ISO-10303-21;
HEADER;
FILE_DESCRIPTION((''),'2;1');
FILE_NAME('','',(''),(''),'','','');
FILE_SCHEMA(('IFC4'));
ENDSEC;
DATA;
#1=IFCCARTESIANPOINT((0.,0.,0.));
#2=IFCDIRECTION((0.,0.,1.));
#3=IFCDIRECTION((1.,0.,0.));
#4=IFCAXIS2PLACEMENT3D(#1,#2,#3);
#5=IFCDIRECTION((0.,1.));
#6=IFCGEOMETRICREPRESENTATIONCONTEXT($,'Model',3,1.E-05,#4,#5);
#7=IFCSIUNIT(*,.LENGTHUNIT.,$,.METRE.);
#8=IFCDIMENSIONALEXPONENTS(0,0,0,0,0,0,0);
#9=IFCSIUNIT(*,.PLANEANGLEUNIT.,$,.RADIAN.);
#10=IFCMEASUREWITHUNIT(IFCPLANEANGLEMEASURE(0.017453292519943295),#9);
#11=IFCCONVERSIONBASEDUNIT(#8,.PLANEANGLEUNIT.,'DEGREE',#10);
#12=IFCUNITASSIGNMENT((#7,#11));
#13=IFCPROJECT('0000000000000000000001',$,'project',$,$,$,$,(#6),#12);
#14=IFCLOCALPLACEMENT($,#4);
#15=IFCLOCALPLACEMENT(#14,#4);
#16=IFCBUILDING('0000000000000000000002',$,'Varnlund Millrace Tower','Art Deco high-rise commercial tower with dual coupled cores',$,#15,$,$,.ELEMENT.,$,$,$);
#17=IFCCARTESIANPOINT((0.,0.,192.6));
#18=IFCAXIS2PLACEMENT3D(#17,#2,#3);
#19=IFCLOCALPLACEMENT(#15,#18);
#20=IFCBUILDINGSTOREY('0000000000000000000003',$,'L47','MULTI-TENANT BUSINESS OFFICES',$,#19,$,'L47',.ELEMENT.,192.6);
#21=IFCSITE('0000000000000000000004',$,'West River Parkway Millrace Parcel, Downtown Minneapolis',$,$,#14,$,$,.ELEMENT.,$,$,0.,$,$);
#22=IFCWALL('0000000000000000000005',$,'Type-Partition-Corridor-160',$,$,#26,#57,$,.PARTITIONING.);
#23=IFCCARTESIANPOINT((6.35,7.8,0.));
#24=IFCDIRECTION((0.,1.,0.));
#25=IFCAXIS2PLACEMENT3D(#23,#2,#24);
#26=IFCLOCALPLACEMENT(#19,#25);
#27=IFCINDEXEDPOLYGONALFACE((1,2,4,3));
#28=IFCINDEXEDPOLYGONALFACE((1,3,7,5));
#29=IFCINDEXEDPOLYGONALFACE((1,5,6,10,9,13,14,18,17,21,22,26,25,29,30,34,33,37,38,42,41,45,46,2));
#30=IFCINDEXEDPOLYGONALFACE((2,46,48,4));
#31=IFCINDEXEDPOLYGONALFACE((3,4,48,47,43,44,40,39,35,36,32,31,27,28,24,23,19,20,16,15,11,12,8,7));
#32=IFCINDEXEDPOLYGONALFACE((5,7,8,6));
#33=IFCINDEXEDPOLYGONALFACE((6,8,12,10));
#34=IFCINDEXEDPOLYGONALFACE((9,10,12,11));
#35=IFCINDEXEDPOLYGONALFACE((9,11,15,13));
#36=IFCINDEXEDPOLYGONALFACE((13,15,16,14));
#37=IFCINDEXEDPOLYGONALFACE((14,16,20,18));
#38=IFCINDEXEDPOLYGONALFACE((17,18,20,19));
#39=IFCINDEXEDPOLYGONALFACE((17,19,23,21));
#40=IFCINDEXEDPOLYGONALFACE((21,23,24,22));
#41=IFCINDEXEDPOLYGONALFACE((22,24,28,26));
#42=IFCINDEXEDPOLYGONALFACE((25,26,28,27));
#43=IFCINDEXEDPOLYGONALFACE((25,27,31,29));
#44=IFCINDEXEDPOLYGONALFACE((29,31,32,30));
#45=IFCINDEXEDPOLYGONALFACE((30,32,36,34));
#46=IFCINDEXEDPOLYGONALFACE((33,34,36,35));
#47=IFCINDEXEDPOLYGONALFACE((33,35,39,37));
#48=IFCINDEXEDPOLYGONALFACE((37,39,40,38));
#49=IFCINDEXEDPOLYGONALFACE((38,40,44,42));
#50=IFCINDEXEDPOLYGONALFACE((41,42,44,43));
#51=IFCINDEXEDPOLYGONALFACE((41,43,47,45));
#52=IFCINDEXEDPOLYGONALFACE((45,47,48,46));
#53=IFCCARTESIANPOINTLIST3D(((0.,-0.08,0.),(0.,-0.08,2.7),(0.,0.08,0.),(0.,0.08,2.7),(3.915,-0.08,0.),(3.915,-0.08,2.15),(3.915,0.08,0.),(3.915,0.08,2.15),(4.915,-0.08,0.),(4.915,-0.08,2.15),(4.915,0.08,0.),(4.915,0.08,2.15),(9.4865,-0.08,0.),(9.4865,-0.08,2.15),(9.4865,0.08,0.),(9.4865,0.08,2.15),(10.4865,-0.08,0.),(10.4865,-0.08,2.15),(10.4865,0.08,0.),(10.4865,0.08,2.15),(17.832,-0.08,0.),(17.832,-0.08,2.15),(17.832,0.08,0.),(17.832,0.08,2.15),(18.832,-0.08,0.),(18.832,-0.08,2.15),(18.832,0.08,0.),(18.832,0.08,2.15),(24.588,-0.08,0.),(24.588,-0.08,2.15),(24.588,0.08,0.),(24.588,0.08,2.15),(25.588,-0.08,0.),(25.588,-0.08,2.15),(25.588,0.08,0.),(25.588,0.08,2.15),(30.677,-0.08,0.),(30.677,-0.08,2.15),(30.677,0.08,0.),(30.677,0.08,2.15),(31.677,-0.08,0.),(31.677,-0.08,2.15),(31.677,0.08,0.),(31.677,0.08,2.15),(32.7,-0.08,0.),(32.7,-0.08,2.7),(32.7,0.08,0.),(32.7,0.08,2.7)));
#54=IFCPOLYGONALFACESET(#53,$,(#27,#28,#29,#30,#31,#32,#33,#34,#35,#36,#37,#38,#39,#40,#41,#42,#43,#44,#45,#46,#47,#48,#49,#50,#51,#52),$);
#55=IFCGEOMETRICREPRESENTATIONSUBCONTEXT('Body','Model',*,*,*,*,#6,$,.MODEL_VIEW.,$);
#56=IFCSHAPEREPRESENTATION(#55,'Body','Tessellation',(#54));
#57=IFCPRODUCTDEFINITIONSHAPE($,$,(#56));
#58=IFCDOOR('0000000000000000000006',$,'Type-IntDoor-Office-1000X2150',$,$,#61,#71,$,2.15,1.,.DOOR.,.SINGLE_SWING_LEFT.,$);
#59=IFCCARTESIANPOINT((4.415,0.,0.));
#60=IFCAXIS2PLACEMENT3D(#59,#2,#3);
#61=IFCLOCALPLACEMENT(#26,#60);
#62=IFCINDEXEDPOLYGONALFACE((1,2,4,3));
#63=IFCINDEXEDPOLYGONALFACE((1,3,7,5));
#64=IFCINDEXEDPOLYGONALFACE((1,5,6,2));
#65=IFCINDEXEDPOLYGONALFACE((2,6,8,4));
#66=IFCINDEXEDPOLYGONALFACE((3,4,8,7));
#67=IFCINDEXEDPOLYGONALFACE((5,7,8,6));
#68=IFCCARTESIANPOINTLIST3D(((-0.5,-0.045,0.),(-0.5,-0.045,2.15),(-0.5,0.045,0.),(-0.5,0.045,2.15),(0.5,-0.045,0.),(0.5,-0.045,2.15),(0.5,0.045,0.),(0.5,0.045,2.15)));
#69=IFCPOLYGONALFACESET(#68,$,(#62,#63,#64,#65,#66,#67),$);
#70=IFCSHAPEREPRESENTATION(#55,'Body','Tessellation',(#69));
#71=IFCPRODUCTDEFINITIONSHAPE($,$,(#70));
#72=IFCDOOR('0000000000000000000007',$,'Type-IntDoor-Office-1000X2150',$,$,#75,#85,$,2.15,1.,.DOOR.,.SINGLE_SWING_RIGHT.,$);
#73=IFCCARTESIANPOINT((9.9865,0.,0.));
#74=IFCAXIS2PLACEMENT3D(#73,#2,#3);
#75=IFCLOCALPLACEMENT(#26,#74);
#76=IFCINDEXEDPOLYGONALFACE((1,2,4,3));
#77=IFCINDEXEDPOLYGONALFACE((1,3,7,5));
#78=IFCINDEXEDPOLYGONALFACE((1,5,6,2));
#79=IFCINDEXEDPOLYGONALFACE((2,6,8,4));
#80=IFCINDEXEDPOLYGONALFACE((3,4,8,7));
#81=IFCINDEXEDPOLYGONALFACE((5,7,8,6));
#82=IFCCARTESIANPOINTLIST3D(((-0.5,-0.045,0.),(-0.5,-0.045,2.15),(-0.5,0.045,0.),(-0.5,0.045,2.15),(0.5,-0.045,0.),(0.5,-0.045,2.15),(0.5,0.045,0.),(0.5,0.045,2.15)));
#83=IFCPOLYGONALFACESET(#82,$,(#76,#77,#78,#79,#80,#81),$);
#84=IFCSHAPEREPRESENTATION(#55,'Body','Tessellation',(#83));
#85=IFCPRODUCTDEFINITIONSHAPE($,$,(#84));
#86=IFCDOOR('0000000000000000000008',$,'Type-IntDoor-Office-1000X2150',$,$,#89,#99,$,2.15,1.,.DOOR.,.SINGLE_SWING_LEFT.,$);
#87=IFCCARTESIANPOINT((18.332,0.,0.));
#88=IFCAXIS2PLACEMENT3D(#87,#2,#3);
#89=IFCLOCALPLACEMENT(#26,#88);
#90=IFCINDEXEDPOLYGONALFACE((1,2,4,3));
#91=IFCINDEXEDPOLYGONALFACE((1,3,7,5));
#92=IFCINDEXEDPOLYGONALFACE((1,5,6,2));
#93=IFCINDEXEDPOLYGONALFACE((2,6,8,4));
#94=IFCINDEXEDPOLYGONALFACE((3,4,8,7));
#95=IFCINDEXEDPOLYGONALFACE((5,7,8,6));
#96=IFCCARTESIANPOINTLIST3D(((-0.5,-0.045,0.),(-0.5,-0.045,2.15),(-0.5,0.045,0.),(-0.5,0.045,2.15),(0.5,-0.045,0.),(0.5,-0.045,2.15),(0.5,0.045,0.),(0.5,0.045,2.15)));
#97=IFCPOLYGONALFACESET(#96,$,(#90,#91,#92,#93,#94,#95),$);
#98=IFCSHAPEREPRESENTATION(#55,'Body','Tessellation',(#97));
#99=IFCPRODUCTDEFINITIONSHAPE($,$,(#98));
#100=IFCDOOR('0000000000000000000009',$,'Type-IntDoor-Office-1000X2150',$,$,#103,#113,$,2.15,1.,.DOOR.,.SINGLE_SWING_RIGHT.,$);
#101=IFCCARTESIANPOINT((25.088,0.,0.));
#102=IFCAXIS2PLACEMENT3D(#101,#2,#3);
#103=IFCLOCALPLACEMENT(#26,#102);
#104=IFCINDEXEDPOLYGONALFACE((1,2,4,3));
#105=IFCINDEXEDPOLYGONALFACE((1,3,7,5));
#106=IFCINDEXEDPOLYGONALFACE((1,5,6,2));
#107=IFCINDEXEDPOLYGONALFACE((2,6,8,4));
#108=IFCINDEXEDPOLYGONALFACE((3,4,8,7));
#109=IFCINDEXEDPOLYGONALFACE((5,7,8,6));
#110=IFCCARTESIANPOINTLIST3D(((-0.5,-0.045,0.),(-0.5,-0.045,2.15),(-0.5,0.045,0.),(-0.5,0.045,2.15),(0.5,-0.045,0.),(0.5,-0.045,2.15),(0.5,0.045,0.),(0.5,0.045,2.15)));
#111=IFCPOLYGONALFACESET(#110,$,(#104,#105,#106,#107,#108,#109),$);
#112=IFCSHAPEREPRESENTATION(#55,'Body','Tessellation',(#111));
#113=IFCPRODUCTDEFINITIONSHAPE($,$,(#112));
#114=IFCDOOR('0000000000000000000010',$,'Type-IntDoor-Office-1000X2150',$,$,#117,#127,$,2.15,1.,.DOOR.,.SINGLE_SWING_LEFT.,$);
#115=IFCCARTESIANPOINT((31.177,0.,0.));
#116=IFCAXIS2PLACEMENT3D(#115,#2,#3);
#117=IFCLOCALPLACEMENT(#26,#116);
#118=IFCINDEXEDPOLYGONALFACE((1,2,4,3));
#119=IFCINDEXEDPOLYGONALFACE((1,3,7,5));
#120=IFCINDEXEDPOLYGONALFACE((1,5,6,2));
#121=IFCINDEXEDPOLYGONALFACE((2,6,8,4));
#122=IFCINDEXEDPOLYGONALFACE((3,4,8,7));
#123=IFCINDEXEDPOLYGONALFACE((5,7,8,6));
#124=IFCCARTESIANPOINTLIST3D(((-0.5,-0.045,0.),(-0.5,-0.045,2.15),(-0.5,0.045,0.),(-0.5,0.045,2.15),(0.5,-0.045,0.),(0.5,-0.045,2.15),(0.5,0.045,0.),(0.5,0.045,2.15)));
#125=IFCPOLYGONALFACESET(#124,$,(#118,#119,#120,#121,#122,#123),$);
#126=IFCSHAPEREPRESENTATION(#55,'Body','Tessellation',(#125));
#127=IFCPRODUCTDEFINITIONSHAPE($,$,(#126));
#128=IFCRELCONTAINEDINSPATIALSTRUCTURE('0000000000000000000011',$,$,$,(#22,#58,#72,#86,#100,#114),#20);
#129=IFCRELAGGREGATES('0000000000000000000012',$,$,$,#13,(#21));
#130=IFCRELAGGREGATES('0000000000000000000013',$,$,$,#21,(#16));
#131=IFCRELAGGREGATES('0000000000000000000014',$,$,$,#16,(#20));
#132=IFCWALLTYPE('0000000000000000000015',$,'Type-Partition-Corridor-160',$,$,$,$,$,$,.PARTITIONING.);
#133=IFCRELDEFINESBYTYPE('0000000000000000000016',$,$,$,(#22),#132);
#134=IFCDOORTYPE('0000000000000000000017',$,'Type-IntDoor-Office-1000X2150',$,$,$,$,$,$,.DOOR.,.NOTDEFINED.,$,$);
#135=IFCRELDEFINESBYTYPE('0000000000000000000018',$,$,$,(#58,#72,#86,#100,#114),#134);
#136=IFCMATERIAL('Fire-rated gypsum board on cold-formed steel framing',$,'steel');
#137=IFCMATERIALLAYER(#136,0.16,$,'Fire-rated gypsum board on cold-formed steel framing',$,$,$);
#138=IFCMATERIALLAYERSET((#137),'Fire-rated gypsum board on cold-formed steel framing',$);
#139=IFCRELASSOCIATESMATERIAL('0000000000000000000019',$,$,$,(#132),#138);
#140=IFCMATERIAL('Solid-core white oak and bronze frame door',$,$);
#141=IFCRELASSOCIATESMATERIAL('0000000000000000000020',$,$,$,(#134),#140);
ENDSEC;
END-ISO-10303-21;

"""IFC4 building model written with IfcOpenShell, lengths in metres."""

from ifc_helpers import new_model, entity, si_unit, converted_unit, direction, frame, origin_with_axes, origin_2d_with_axis, place, context, subcontext, project, spatial, polyline, rectangle, outline, extrude, material, layer, layer_set, type_object, element, fill, save


model = new_model("IFC4")

# Units and contexts
model_context = context("Model", 3, precision=1e-05, world=origin_with_axes(), true_north=direction((0.0, 1.0)))
body_context = subcontext(model_context, "Body", "Model", "MODEL_VIEW")
ifc_project = project(units=[si_unit("LENGTHUNIT", "METRE"), converted_unit("PLANEANGLEUNIT", "DEGREE", entity("IfcPlaneAngleMeasure", 0.017453292519943295), si_unit("PLANEANGLEUNIT", "RADIAN"), dimensions=[0, 0, 0, 0, 0, 0, 0])], contexts=[model_context])

# Site, building, storey
site_placement = place(None, origin_with_axes())
site = spatial("IfcSite", under=ifc_project, at=site_placement, Name="West River Parkway Millrace Parcel, Downtown Minneapolis", CompositionType="ELEMENT", RefElevation=0.0)
building_placement = place(site_placement, origin_with_axes())
building = spatial("IfcBuilding", under=site, at=building_placement, Name="Varnlund Millrace Tower", Description="Art Deco high-rise commercial tower with dual coupled cores", CompositionType="ELEMENT")
storey_placement = place(building_placement, frame((0.0, 0.0, 192.6), z_axis=(0.0, 0.0, 1.0), x_axis=(1.0, 0.0, 0.0)))
storey = spatial("IfcBuildingStorey", under=building, at=storey_placement, Name="L47", Description="MULTI-TENANT BUSINESS OFFICES", LongName="L47", CompositionType="ELEMENT", Elevation=192.6)

# Shared definitions
ifc_material_1 = material(Name="Fire-rated gypsum board on cold-formed steel framing", Category="steel")
ifc_layer_1 = layer(ifc_material_1, 0.16, Name="Fire-rated gypsum board on cold-formed steel framing")
ifc_layer_set_1 = layer_set([ifc_layer_1], Name="Fire-rated gypsum board on cold-formed steel framing")
wall_type_1 = type_object("IfcWallType", Name="Type-Partition-Corridor-160", PredefinedType="PARTITIONING", material=ifc_layer_set_1)

# Wall, openings, doors
ifc_material_2 = material(Name="Solid-core white oak and bronze frame door")
door_type_1 = type_object("IfcDoorType", Name="Type-IntDoor-Office-1000X2150", OperationType="NOTDEFINED", PredefinedType="DOOR", material=ifc_material_2)
wall_1_placement = place(storey_placement, frame((6.35, 7.8, 0.0), z_axis=(0.0, 0.0, 1.0), x_axis=(0.0, 1.0, 0.0)))
wall_1 = element("IfcWall", 1, at=wall_1_placement, inside=storey, type_object=wall_type_1, Name="Type-Partition-Corridor-160", PredefinedType="PARTITIONING", context=body_context, shape_type="SweptSolid", body=[
    extrude(outline(polyline([(0.0, -0.08), (32.7, -0.08), (32.7, 0.08), (0.0, 0.08), (0.0, -0.08)])), origin_with_axes(), (0.0, 0.0, 1.0), 2.7),
])
opening_1_placement = place(wall_1_placement, frame((4.415, 0.0, 0.0), z_axis=(0.0, 0.0, 1.0), x_axis=(1.0, 0.0, 0.0)))
opening_1 = element("IfcOpeningElement", 2, at=opening_1_placement, cuts=wall_1, PredefinedType="OPENING", context=body_context, shape_type="SweptSolid", body=[
    extrude(rectangle(XDim=1.0, YDim=0.18, at=origin_2d_with_axis()), origin_with_axes(), (0.0, 0.0, 1.0), 2.15),
])
opening_2_placement = place(wall_1_placement, frame((9.9865, 0.0, 0.0), z_axis=(0.0, 0.0, 1.0), x_axis=(1.0, 0.0, 0.0)))
opening_2 = element("IfcOpeningElement", 3, at=opening_2_placement, cuts=wall_1, PredefinedType="OPENING", context=body_context, shape_type="SweptSolid", body=[
    extrude(rectangle(XDim=1.0, YDim=0.18, at=origin_2d_with_axis()), origin_with_axes(), (0.0, 0.0, 1.0), 2.15),
])
opening_3_placement = place(wall_1_placement, frame((18.332, 0.0, 0.0), z_axis=(0.0, 0.0, 1.0), x_axis=(1.0, 0.0, 0.0)))
opening_3 = element("IfcOpeningElement", 4, at=opening_3_placement, cuts=wall_1, PredefinedType="OPENING", context=body_context, shape_type="SweptSolid", body=[
    extrude(rectangle(XDim=1.0, YDim=0.18, at=origin_2d_with_axis()), origin_with_axes(), (0.0, 0.0, 1.0), 2.15),
])
opening_4_placement = place(wall_1_placement, frame((25.088, 0.0, 0.0), z_axis=(0.0, 0.0, 1.0), x_axis=(1.0, 0.0, 0.0)))
opening_4 = element("IfcOpeningElement", 5, at=opening_4_placement, cuts=wall_1, PredefinedType="OPENING", context=body_context, shape_type="SweptSolid", body=[
    extrude(rectangle(XDim=1.0, YDim=0.18, at=origin_2d_with_axis()), origin_with_axes(), (0.0, 0.0, 1.0), 2.15),
])
opening_5_placement = place(wall_1_placement, frame((31.177, 0.0, 0.0), z_axis=(0.0, 0.0, 1.0), x_axis=(1.0, 0.0, 0.0)))
opening_5 = element("IfcOpeningElement", 6, at=opening_5_placement, cuts=wall_1, PredefinedType="OPENING", context=body_context, shape_type="SweptSolid", body=[
    extrude(rectangle(XDim=1.0, YDim=0.18, at=origin_2d_with_axis()), origin_with_axes(), (0.0, 0.0, 1.0), 2.15),
])
door_1_placement = place(wall_1_placement, frame((4.415, 0.0, 0.0), z_axis=(0.0, 0.0, 1.0), x_axis=(1.0, 0.0, 0.0)))
door_1 = element("IfcDoor", 7, at=door_1_placement, inside=storey, type_object=door_type_1, Name="Type-IntDoor-Office-1000X2150", OperationType="SINGLE_SWING_LEFT", OverallHeight=2.15, OverallWidth=1.0, PredefinedType="DOOR", context=body_context, shape_type="SweptSolid", body=[
    extrude(rectangle(XDim=1.0, YDim=0.09, at=origin_2d_with_axis()), origin_with_axes(), (0.0, 0.0, 1.0), 2.15),
])
fill(opening_1, door_1)
door_2_placement = place(wall_1_placement, frame((9.9865, 0.0, 0.0), z_axis=(0.0, 0.0, 1.0), x_axis=(1.0, 0.0, 0.0)))
door_2 = element("IfcDoor", 8, at=door_2_placement, inside=storey, type_object=door_type_1, Name="Type-IntDoor-Office-1000X2150", OperationType="SINGLE_SWING_RIGHT", OverallHeight=2.15, OverallWidth=1.0, PredefinedType="DOOR", context=body_context, shape_type="SweptSolid", body=[
    extrude(rectangle(XDim=1.0, YDim=0.09, at=origin_2d_with_axis()), origin_with_axes(), (0.0, 0.0, 1.0), 2.15),
])
fill(opening_2, door_2)
door_3_placement = place(wall_1_placement, frame((18.332, 0.0, 0.0), z_axis=(0.0, 0.0, 1.0), x_axis=(1.0, 0.0, 0.0)))
door_3 = element("IfcDoor", 9, at=door_3_placement, inside=storey, type_object=door_type_1, Name="Type-IntDoor-Office-1000X2150", OperationType="SINGLE_SWING_LEFT", OverallHeight=2.15, OverallWidth=1.0, PredefinedType="DOOR", context=body_context, shape_type="SweptSolid", body=[
    extrude(rectangle(XDim=1.0, YDim=0.09, at=origin_2d_with_axis()), origin_with_axes(), (0.0, 0.0, 1.0), 2.15),
])
fill(opening_3, door_3)
door_4_placement = place(wall_1_placement, frame((25.088, 0.0, 0.0), z_axis=(0.0, 0.0, 1.0), x_axis=(1.0, 0.0, 0.0)))
door_4 = element("IfcDoor", 10, at=door_4_placement, inside=storey, type_object=door_type_1, Name="Type-IntDoor-Office-1000X2150", OperationType="SINGLE_SWING_RIGHT", OverallHeight=2.15, OverallWidth=1.0, PredefinedType="DOOR", context=body_context, shape_type="SweptSolid", body=[
    extrude(rectangle(XDim=1.0, YDim=0.09, at=origin_2d_with_axis()), origin_with_axes(), (0.0, 0.0, 1.0), 2.15),
])
fill(opening_4, door_4)
door_5_placement = place(wall_1_placement, frame((31.177, 0.0, 0.0), z_axis=(0.0, 0.0, 1.0), x_axis=(1.0, 0.0, 0.0)))
door_5 = element("IfcDoor", 11, at=door_5_placement, inside=storey, type_object=door_type_1, Name="Type-IntDoor-Office-1000X2150", OperationType="SINGLE_SWING_LEFT", OverallHeight=2.15, OverallWidth=1.0, PredefinedType="DOOR", context=body_context, shape_type="SweptSolid", body=[
    extrude(rectangle(XDim=1.0, YDim=0.09, at=origin_2d_with_axis()), origin_with_axes(), (0.0, 0.0, 1.0), 2.15),
])
fill(opening_5, door_5)

save(model, "model.ifc")
